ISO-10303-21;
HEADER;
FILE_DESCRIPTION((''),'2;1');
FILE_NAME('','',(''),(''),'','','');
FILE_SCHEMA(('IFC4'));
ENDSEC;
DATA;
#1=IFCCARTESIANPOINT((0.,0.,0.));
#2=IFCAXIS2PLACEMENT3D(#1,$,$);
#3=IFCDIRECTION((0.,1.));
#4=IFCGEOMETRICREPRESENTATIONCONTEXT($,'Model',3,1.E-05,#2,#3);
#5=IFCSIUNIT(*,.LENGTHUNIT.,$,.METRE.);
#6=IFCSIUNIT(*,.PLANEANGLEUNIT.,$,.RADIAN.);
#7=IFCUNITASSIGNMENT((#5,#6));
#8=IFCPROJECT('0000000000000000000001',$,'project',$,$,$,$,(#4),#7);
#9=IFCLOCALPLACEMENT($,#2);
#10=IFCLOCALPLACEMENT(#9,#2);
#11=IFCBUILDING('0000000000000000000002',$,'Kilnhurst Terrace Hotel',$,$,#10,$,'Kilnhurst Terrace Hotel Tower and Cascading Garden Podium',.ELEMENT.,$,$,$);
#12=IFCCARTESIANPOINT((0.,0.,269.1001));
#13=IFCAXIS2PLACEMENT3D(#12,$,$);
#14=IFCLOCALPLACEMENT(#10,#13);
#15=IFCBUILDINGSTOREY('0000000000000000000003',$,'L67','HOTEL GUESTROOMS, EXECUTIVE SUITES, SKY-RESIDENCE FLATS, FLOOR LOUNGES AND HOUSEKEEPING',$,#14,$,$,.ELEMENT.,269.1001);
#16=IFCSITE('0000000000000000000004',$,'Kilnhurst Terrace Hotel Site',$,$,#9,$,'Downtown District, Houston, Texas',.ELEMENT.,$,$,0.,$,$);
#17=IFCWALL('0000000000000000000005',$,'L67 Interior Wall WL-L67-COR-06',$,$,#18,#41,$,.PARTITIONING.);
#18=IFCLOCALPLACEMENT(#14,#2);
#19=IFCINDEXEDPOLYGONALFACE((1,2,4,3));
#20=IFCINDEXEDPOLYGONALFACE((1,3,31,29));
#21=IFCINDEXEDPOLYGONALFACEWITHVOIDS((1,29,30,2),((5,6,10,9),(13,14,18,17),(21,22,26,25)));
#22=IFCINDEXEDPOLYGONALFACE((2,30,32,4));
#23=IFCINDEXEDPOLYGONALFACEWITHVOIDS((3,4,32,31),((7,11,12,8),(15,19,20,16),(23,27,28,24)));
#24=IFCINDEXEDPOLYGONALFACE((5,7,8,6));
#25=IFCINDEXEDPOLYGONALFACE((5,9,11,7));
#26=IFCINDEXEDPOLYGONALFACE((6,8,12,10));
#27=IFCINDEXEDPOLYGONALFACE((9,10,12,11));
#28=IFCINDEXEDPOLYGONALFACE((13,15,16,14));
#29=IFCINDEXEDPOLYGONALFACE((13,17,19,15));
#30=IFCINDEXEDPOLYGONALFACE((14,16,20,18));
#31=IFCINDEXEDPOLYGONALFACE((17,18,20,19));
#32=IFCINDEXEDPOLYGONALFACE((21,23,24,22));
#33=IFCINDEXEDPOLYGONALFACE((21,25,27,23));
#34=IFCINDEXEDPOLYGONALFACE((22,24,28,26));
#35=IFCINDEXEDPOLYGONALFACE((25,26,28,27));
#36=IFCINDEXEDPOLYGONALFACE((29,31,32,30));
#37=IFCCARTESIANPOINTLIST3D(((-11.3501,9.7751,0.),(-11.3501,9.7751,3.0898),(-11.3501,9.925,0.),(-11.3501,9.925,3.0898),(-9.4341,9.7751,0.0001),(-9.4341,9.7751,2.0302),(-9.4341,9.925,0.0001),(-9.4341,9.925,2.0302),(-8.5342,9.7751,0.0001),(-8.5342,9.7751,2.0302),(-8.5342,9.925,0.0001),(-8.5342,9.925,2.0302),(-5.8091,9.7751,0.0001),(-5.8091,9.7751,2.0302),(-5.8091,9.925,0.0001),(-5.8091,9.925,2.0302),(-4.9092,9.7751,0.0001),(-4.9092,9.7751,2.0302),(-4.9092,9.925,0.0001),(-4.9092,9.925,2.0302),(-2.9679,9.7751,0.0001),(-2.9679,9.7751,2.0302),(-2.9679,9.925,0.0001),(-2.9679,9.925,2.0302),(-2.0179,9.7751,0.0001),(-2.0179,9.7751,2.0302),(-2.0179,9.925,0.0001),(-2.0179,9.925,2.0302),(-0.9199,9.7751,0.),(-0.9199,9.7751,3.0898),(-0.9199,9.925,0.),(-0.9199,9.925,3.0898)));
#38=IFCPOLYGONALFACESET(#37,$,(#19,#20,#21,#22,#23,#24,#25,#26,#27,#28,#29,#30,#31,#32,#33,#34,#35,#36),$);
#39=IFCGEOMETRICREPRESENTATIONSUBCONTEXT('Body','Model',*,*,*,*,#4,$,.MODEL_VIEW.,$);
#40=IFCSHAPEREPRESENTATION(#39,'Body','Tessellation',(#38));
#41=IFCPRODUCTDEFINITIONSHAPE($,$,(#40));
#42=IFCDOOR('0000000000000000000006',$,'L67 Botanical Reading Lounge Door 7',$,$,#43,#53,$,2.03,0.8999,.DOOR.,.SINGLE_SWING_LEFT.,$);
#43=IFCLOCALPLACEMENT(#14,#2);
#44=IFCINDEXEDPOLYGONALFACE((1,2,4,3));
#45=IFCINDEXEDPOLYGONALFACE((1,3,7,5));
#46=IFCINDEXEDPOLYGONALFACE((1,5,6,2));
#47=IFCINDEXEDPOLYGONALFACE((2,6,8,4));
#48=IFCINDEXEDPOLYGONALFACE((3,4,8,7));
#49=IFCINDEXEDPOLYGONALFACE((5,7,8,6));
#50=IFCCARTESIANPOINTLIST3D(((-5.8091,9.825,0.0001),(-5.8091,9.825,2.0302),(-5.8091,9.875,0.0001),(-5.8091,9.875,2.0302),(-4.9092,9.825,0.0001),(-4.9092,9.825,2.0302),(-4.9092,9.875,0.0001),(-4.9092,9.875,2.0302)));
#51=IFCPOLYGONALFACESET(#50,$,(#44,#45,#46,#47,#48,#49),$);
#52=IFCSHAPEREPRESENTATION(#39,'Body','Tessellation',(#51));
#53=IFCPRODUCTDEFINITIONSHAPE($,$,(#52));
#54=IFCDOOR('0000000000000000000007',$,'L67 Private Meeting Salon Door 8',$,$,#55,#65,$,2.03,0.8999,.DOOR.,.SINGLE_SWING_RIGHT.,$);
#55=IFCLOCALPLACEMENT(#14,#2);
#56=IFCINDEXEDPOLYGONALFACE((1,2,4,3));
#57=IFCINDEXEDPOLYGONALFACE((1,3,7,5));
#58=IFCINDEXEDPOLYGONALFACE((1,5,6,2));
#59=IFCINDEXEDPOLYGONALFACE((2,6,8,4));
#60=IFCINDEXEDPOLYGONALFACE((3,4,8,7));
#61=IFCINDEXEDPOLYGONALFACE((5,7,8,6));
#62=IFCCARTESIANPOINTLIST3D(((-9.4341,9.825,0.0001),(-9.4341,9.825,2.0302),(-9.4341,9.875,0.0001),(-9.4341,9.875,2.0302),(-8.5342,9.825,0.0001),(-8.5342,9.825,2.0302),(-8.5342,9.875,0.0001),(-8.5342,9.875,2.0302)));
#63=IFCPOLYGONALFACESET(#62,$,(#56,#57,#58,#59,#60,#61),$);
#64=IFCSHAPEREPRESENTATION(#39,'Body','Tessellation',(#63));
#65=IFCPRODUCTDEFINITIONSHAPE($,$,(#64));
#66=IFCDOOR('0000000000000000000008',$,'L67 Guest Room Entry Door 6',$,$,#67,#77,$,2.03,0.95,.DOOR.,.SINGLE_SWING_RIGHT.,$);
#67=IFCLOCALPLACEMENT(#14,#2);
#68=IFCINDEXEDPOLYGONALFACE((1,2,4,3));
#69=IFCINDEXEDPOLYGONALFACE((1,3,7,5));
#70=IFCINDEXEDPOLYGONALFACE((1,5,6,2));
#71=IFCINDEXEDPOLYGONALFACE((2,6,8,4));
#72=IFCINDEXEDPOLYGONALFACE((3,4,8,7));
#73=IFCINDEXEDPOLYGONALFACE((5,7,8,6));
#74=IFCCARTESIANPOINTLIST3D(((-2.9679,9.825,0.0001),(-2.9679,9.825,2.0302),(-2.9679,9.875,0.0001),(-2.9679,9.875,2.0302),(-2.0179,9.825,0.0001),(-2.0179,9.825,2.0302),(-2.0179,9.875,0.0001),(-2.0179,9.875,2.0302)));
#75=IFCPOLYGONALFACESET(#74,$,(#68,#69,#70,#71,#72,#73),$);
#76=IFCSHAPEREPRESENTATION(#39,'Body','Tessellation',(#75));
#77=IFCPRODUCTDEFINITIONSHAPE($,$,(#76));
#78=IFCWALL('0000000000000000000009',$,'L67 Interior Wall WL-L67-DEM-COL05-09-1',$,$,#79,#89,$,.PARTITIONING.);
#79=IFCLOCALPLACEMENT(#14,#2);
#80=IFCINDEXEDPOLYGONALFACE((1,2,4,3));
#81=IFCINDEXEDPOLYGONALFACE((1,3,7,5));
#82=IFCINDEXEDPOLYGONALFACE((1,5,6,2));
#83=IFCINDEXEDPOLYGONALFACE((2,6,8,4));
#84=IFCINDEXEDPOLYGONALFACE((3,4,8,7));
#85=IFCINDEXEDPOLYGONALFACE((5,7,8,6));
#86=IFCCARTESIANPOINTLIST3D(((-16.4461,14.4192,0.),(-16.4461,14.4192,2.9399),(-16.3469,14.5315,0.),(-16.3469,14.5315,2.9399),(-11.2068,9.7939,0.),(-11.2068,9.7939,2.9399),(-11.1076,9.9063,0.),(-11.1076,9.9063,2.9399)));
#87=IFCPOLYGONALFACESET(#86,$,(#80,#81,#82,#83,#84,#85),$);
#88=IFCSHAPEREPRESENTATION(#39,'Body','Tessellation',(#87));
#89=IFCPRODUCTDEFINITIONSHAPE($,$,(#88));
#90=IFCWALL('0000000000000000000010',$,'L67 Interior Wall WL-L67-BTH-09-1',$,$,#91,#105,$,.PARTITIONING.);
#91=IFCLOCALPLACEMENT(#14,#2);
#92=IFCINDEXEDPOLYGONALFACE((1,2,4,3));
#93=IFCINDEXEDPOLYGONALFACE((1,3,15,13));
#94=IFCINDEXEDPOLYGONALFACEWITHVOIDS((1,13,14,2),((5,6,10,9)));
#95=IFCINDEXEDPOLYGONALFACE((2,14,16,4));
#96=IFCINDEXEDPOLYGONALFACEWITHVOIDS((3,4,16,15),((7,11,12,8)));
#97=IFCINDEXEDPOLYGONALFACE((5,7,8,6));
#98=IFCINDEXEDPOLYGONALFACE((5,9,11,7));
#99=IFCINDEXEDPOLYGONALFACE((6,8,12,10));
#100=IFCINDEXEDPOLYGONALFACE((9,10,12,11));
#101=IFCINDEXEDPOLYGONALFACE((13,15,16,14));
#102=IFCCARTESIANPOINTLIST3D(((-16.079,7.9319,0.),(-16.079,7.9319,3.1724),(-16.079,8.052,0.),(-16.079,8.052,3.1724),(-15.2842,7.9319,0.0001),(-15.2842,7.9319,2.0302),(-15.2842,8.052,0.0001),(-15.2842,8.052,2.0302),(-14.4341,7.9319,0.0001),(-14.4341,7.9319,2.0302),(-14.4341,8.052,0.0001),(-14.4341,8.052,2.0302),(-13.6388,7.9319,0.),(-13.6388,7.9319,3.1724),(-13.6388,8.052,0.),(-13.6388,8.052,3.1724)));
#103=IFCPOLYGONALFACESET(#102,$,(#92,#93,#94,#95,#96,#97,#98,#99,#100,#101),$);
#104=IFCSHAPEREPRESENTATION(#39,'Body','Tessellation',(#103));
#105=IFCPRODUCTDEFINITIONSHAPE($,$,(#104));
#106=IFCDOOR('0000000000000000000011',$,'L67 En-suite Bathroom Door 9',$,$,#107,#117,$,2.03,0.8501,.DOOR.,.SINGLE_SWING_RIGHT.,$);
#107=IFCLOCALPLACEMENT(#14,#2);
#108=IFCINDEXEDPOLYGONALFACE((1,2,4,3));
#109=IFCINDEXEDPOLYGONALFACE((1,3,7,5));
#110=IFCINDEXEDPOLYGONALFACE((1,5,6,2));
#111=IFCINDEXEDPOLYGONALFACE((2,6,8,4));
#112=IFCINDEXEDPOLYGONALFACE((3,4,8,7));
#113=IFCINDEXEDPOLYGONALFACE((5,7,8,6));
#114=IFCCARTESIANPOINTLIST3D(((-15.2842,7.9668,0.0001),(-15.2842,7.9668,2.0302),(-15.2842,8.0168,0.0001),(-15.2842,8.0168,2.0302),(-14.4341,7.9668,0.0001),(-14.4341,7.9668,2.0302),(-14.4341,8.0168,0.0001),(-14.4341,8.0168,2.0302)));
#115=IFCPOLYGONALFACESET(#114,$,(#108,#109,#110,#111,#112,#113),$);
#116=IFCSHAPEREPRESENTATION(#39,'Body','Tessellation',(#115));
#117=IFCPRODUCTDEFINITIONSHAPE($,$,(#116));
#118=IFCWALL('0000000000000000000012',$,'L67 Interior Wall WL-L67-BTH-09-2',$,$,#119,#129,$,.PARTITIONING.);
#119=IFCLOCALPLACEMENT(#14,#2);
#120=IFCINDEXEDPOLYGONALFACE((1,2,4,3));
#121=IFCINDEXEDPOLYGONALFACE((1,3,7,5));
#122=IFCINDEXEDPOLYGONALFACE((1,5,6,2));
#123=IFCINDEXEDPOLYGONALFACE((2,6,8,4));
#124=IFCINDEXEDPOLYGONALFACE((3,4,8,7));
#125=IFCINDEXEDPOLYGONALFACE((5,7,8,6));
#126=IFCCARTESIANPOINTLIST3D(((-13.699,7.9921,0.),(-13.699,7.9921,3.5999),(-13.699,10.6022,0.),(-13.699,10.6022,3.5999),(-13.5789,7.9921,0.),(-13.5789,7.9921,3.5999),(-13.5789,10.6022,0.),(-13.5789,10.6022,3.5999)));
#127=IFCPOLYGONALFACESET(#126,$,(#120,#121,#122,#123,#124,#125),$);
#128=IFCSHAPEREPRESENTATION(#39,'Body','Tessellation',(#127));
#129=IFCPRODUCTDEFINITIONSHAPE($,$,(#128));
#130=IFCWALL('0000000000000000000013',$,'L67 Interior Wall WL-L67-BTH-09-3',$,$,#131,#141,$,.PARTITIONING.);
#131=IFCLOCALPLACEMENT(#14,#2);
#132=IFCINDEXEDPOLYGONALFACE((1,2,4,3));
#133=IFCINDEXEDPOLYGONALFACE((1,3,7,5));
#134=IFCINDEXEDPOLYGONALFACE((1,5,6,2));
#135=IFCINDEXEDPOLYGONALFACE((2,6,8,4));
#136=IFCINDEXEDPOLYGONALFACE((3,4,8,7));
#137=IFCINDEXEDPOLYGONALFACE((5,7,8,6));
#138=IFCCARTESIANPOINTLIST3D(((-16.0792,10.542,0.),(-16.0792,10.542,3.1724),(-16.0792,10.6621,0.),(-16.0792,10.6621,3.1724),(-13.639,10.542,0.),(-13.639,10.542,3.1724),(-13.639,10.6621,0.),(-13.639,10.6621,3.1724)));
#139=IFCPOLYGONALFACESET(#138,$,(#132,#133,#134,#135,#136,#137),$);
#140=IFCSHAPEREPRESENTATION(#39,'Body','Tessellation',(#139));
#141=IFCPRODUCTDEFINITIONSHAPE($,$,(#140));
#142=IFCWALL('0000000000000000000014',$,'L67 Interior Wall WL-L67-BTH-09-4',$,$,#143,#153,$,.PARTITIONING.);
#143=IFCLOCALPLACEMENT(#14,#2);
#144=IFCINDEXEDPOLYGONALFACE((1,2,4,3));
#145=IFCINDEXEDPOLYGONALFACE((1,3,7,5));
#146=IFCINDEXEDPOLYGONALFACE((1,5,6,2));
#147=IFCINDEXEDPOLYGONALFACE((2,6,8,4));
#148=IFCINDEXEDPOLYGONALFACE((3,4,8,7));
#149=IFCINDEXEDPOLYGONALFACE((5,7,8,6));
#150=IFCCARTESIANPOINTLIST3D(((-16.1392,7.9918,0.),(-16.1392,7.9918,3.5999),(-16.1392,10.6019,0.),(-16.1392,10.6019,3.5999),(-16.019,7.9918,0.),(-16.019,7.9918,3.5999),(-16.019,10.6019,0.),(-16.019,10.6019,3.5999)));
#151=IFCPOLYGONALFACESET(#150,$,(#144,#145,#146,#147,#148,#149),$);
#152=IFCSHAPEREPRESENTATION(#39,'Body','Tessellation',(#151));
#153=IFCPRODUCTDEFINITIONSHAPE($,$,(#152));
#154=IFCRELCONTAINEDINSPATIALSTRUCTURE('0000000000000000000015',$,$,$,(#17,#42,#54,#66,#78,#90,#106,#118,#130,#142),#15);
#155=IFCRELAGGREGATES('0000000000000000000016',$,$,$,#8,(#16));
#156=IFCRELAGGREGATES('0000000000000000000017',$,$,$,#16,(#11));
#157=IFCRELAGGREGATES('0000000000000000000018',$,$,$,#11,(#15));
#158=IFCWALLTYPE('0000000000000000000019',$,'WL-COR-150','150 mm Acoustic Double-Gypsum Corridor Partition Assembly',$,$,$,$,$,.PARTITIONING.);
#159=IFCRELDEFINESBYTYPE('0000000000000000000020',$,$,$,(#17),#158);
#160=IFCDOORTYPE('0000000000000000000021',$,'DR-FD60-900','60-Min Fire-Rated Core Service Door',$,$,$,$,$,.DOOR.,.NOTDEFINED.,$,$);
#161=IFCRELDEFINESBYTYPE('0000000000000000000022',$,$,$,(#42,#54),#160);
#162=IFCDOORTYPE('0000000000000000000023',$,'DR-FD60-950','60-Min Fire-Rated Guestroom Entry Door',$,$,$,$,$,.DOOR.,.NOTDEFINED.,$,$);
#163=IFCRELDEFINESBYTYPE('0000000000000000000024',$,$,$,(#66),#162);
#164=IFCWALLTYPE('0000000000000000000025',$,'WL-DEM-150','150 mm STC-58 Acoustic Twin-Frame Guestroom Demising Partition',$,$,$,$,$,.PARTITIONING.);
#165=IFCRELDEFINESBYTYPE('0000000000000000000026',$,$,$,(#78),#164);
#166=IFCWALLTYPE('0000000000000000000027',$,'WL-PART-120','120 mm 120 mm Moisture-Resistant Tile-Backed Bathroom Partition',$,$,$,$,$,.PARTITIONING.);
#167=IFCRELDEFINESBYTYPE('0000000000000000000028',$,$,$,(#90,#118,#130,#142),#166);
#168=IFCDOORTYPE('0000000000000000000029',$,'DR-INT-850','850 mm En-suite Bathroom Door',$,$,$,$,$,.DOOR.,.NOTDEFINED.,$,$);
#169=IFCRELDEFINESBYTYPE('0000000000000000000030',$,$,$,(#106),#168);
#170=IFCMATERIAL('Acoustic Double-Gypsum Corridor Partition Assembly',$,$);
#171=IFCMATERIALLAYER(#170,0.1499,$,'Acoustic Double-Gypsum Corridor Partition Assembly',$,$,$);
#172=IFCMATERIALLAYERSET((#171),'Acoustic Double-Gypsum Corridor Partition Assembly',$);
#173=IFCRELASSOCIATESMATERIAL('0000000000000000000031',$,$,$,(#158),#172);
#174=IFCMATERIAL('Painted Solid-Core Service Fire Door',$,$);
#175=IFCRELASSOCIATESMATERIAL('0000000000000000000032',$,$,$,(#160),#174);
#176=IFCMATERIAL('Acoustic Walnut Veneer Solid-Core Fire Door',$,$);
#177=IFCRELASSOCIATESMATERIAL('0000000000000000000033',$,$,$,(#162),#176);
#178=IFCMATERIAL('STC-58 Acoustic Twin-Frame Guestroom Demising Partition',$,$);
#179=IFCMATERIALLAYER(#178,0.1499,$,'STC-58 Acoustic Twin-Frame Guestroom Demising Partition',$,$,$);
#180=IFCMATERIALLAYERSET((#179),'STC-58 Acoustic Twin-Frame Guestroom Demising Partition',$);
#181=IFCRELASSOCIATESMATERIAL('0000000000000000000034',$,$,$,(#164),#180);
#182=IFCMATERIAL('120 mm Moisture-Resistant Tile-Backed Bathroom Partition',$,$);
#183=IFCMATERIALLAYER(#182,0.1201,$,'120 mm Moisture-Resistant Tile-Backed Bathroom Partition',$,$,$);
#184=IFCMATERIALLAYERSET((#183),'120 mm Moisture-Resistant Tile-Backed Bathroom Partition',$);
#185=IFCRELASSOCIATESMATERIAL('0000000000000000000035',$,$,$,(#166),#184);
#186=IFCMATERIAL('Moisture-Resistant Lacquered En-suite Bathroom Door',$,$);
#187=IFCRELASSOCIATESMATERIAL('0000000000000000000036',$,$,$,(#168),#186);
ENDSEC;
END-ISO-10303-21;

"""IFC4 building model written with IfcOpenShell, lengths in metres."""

from ifc_helpers import new_model, si_unit, direction, frame, frame_2d, origin, place, context, subcontext, project, spatial, rectangle, extrude, material, layer, layer_set, type_object, element, fill, save


model = new_model("IFC4")

# Units and contexts
model_context = context("Model", 3, precision=1e-05, world=origin(), true_north=direction((0.0, 1.0)))
body_context = subcontext(model_context, "Body", "Model", "MODEL_VIEW")
ifc_project = project(units=[si_unit("LENGTHUNIT", "METRE"), si_unit("PLANEANGLEUNIT", "RADIAN")], contexts=[model_context])

# Site, building, storey
site_placement = place(None, origin())
site = spatial("IfcSite", under=ifc_project, at=site_placement, Name="Kilnhurst Terrace Hotel Site", LongName="Downtown District, Houston, Texas", CompositionType="ELEMENT", RefElevation=0.0)
building_placement = place(site_placement, origin())
building = spatial("IfcBuilding", under=site, at=building_placement, Name="Kilnhurst Terrace Hotel", LongName="Kilnhurst Terrace Hotel Tower and Cascading Garden Podium", CompositionType="ELEMENT")
storey_placement = place(building_placement, frame((0.0, 0.0, 269.1001)))
storey = spatial("IfcBuildingStorey", under=building, at=storey_placement, Name="L67", Description="HOTEL GUESTROOMS, EXECUTIVE SUITES, SKY-RESIDENCE FLATS, FLOOR LOUNGES AND HOUSEKEEPING", CompositionType="ELEMENT", Elevation=269.1001)

# Wall, openings, doors
ifc_material_1 = material(Name="Acoustic Double-Gypsum Corridor Partition Assembly")
ifc_layer_1 = layer(ifc_material_1, 0.1499, Name="Acoustic Double-Gypsum Corridor Partition Assembly")
ifc_layer_set_1 = layer_set([ifc_layer_1], Name="Acoustic Double-Gypsum Corridor Partition Assembly")
wall_type_1 = type_object("IfcWallType", Name="WL-COR-150", Description="150 mm Acoustic Double-Gypsum Corridor Partition Assembly", PredefinedType="PARTITIONING", material=ifc_layer_set_1)
wall_1_placement = place(storey_placement, frame((-11.3501, 9.8501, 0.0), z_axis=(0.0, 0.0, 1.0), x_axis=(1.0, 0.0, 0.0)))
wall_1 = element("IfcWall", 1, at=wall_1_placement, inside=storey, type_object=wall_type_1, Name="L67 Interior Wall WL-L67-COR-06", PredefinedType="PARTITIONING", context=body_context, shape_type="SweptSolid", body=[
    extrude(rectangle(XDim=10.4302, YDim=0.1499, at=frame_2d((5.2151, 0.0))), origin(), (0.0, 0.0, 1.0), 3.0898),
])
opening_1_placement = place(wall_1_placement, frame((8.3821, 0.0, 0.0)))
opening_1 = element("IfcOpeningElement", 2, at=opening_1_placement, cuts=wall_1, PredefinedType="OPENING", context=body_context, shape_type="SweptSolid", body=[
    extrude(rectangle(XDim=0.95, YDim=2.03, at=frame_2d((0.4751, 1.0151))), frame((0.0, 0.085, 0.0), z_axis=(0.0, -1.0, 0.0), x_axis=(1.0, 0.0, 0.0)), (0.0, 0.0, 1.0), 0.1699),
])
opening_2_placement = place(wall_1_placement, frame((5.541, 0.0, 0.0)))
opening_2 = element("IfcOpeningElement", 3, at=opening_2_placement, cuts=wall_1, PredefinedType="OPENING", context=body_context, shape_type="SweptSolid", body=[
    extrude(rectangle(XDim=0.8999, YDim=2.03, at=frame_2d((0.45, 1.0151))), frame((0.0, 0.085, 0.0), z_axis=(0.0, -1.0, 0.0), x_axis=(1.0, 0.0, 0.0)), (0.0, 0.0, 1.0), 0.1699),
])
opening_3_placement = place(wall_1_placement, frame((1.916, 0.0, 0.0)))
opening_3 = element("IfcOpeningElement", 4, at=opening_3_placement, cuts=wall_1, PredefinedType="OPENING", context=body_context, shape_type="SweptSolid", body=[
    extrude(rectangle(XDim=0.8999, YDim=2.03, at=frame_2d((0.45, 1.0151))), frame((0.0, 0.085, 0.0), z_axis=(0.0, -1.0, 0.0), x_axis=(1.0, 0.0, 0.0)), (0.0, 0.0, 1.0), 0.1699),
])
ifc_material_2 = material(Name="Painted Solid-Core Service Fire Door")
door_type_1 = type_object("IfcDoorType", Name="DR-FD60-900", Description="60-Min Fire-Rated Core Service Door", OperationType="NOTDEFINED", PredefinedType="DOOR", material=ifc_material_2)
door_1_placement = place(opening_2_placement, origin())
door_1 = element("IfcDoor", 5, at=door_1_placement, inside=storey, type_object=door_type_1, Name="L67 Botanical Reading Lounge Door 7", OperationType="SINGLE_SWING_LEFT", OverallHeight=2.03, OverallWidth=0.8999, PredefinedType="DOOR", context=body_context, shape_type="SweptSolid", body=[
    extrude(rectangle(XDim=0.8999, YDim=2.03, at=frame_2d((0.45, 1.0151))), frame((0.0, 0.0249, 0.0), z_axis=(0.0, -1.0, 0.0), x_axis=(1.0, 0.0, 0.0)), (0.0, 0.0, 1.0), 0.05),
])
fill(opening_2, door_1)
door_2_placement = place(opening_3_placement, origin())
door_2 = element("IfcDoor", 6, at=door_2_placement, inside=storey, type_object=door_type_1, Name="L67 Private Meeting Salon Door 8", OperationType="SINGLE_SWING_RIGHT", OverallHeight=2.03, OverallWidth=0.8999, PredefinedType="DOOR", context=body_context, shape_type="SweptSolid", body=[
    extrude(rectangle(XDim=0.8999, YDim=2.03, at=frame_2d((0.45, 1.0151))), frame((0.0, 0.0249, 0.0), z_axis=(0.0, -1.0, 0.0), x_axis=(1.0, 0.0, 0.0)), (0.0, 0.0, 1.0), 0.05),
])
fill(opening_3, door_2)
ifc_material_3 = material(Name="Acoustic Walnut Veneer Solid-Core Fire Door")
door_type_2 = type_object("IfcDoorType", Name="DR-FD60-950", Description="60-Min Fire-Rated Guestroom Entry Door", OperationType="NOTDEFINED", PredefinedType="DOOR", material=ifc_material_3)
door_3_placement = place(opening_1_placement, origin())
door_3 = element("IfcDoor", 7, at=door_3_placement, inside=storey, type_object=door_type_2, Name="L67 Guest Room Entry Door 6", OperationType="SINGLE_SWING_RIGHT", OverallHeight=2.03, OverallWidth=0.95, PredefinedType="DOOR", context=body_context, shape_type="SweptSolid", body=[
    extrude(rectangle(XDim=0.95, YDim=2.03, at=frame_2d((0.4751, 1.0151))), frame((0.0, 0.0249, 0.0), z_axis=(0.0, -1.0, 0.0), x_axis=(1.0, 0.0, 0.0)), (0.0, 0.0, 1.0), 0.05),
])
fill(opening_1, door_3)

# Wall
ifc_material_4 = material(Name="STC-58 Acoustic Twin-Frame Guestroom Demising Partition")
ifc_layer_2 = layer(ifc_material_4, 0.1499, Name="STC-58 Acoustic Twin-Frame Guestroom Demising Partition")
ifc_layer_set_2 = layer_set([ifc_layer_2], Name="STC-58 Acoustic Twin-Frame Guestroom Demising Partition")
wall_type_2 = type_object("IfcWallType", Name="WL-DEM-150", Description="150 mm STC-58 Acoustic Twin-Frame Guestroom Demising Partition", PredefinedType="PARTITIONING", material=ifc_layer_set_2)
wall_2_placement = place(storey_placement, frame((-11.1572, 9.8501, 0.0), z_axis=(0.0, 0.0, 1.0), x_axis=(-0.74967, 0.661812, 0.0)))
element("IfcWall", 8, at=wall_2_placement, inside=storey, type_object=wall_type_2, Name="L67 Interior Wall WL-L67-DEM-COL05-09-1", PredefinedType="PARTITIONING", context=body_context, shape_type="SweptSolid", body=[
    extrude(rectangle(XDim=6.9888, YDim=0.1499, at=frame_2d((3.4944, 0.0))), origin(), (0.0, 0.0, 1.0), 2.9399),
])

# Wall, opening, door
ifc_material_5 = material(Name="120 mm Moisture-Resistant Tile-Backed Bathroom Partition")
ifc_layer_3 = layer(ifc_material_5, 0.1201, Name="120 mm Moisture-Resistant Tile-Backed Bathroom Partition")
ifc_layer_set_3 = layer_set([ifc_layer_3], Name="120 mm Moisture-Resistant Tile-Backed Bathroom Partition")
wall_type_3 = type_object("IfcWallType", Name="WL-PART-120", Description="120 mm 120 mm Moisture-Resistant Tile-Backed Bathroom Partition", PredefinedType="PARTITIONING", material=ifc_layer_set_3)
wall_3_placement = place(storey_placement, frame((-16.0791, 7.9919, 0.0), z_axis=(0.0, 0.0, 1.0), x_axis=(1.0, 0.0, 0.0)))
wall_3 = element("IfcWall", 9, at=wall_3_placement, inside=storey, type_object=wall_type_3, Name="L67 Interior Wall WL-L67-BTH-09-1", PredefinedType="PARTITIONING", context=body_context, shape_type="SweptSolid", body=[
    extrude(rectangle(XDim=2.4402, YDim=0.1201, at=frame_2d((1.2202, 0.0))), origin(), (0.0, 0.0, 1.0), 3.1724),
])
opening_4_placement = place(wall_3_placement, frame((0.7949, 0.0, 0.0)))
opening_4 = element("IfcOpeningElement", 10, at=opening_4_placement, cuts=wall_3, PredefinedType="OPENING", context=body_context, shape_type="SweptSolid", body=[
    extrude(rectangle(XDim=0.8501, YDim=2.03, at=frame_2d((0.425, 1.0151))), frame((0.0, 0.0701, 0.0), z_axis=(0.0, -1.0, 0.0), x_axis=(1.0, 0.0, 0.0)), (0.0, 0.0, 1.0), 0.1401),
])
ifc_material_6 = material(Name="Moisture-Resistant Lacquered En-suite Bathroom Door")
door_type_3 = type_object("IfcDoorType", Name="DR-INT-850", Description="850 mm En-suite Bathroom Door", OperationType="NOTDEFINED", PredefinedType="DOOR", material=ifc_material_6)
door_4_placement = place(opening_4_placement, origin())
door_4 = element("IfcDoor", 11, at=door_4_placement, inside=storey, type_object=door_type_3, Name="L67 En-suite Bathroom Door 9", OperationType="SINGLE_SWING_RIGHT", OverallHeight=2.03, OverallWidth=0.8501, PredefinedType="DOOR", context=body_context, shape_type="SweptSolid", body=[
    extrude(rectangle(XDim=0.8501, YDim=2.03, at=frame_2d((0.425, 1.0151))), frame((0.0, 0.0249, 0.0), z_axis=(0.0, -1.0, 0.0), x_axis=(1.0, 0.0, 0.0)), (0.0, 0.0, 1.0), 0.05),
])
fill(opening_4, door_4)

# Walls
wall_4_placement = place(storey_placement, frame((-13.6389, 7.9919, 0.0), z_axis=(0.0, 0.0, 1.0), x_axis=(0.0, 1.0, 0.0)))
element("IfcWall", 12, at=wall_4_placement, inside=storey, type_object=wall_type_3, Name="L67 Interior Wall WL-L67-BTH-09-2", PredefinedType="PARTITIONING", context=body_context, shape_type="SweptSolid", body=[
    extrude(rectangle(XDim=2.6101, YDim=0.1201, at=frame_2d((1.3052, 0.0))), origin(), (0.0, 0.0, 1.0), 3.5999),
])
wall_5_placement = place(storey_placement, frame((-13.6389, 10.6021, 0.0), z_axis=(0.0, 0.0, 1.0), x_axis=(-1.0, 0.0, 0.0)))
element("IfcWall", 13, at=wall_5_placement, inside=storey, type_object=wall_type_3, Name="L67 Interior Wall WL-L67-BTH-09-3", PredefinedType="PARTITIONING", context=body_context, shape_type="SweptSolid", body=[
    extrude(rectangle(XDim=2.4402, YDim=0.1201, at=frame_2d((1.2202, 0.0))), origin(), (0.0, 0.0, 1.0), 3.1724),
])
wall_6_placement = place(storey_placement, frame((-16.0791, 10.6021, 0.0), z_axis=(0.0, 0.0, 1.0), x_axis=(0.0, -1.0, 0.0)))
element("IfcWall", 14, at=wall_6_placement, inside=storey, type_object=wall_type_3, Name="L67 Interior Wall WL-L67-BTH-09-4", PredefinedType="PARTITIONING", context=body_context, shape_type="SweptSolid", body=[
    extrude(rectangle(XDim=2.6101, YDim=0.1201, at=frame_2d((1.3052, 0.0))), origin(), (0.0, 0.0, 1.0), 3.5999),
])

save(model, "model.ifc")
